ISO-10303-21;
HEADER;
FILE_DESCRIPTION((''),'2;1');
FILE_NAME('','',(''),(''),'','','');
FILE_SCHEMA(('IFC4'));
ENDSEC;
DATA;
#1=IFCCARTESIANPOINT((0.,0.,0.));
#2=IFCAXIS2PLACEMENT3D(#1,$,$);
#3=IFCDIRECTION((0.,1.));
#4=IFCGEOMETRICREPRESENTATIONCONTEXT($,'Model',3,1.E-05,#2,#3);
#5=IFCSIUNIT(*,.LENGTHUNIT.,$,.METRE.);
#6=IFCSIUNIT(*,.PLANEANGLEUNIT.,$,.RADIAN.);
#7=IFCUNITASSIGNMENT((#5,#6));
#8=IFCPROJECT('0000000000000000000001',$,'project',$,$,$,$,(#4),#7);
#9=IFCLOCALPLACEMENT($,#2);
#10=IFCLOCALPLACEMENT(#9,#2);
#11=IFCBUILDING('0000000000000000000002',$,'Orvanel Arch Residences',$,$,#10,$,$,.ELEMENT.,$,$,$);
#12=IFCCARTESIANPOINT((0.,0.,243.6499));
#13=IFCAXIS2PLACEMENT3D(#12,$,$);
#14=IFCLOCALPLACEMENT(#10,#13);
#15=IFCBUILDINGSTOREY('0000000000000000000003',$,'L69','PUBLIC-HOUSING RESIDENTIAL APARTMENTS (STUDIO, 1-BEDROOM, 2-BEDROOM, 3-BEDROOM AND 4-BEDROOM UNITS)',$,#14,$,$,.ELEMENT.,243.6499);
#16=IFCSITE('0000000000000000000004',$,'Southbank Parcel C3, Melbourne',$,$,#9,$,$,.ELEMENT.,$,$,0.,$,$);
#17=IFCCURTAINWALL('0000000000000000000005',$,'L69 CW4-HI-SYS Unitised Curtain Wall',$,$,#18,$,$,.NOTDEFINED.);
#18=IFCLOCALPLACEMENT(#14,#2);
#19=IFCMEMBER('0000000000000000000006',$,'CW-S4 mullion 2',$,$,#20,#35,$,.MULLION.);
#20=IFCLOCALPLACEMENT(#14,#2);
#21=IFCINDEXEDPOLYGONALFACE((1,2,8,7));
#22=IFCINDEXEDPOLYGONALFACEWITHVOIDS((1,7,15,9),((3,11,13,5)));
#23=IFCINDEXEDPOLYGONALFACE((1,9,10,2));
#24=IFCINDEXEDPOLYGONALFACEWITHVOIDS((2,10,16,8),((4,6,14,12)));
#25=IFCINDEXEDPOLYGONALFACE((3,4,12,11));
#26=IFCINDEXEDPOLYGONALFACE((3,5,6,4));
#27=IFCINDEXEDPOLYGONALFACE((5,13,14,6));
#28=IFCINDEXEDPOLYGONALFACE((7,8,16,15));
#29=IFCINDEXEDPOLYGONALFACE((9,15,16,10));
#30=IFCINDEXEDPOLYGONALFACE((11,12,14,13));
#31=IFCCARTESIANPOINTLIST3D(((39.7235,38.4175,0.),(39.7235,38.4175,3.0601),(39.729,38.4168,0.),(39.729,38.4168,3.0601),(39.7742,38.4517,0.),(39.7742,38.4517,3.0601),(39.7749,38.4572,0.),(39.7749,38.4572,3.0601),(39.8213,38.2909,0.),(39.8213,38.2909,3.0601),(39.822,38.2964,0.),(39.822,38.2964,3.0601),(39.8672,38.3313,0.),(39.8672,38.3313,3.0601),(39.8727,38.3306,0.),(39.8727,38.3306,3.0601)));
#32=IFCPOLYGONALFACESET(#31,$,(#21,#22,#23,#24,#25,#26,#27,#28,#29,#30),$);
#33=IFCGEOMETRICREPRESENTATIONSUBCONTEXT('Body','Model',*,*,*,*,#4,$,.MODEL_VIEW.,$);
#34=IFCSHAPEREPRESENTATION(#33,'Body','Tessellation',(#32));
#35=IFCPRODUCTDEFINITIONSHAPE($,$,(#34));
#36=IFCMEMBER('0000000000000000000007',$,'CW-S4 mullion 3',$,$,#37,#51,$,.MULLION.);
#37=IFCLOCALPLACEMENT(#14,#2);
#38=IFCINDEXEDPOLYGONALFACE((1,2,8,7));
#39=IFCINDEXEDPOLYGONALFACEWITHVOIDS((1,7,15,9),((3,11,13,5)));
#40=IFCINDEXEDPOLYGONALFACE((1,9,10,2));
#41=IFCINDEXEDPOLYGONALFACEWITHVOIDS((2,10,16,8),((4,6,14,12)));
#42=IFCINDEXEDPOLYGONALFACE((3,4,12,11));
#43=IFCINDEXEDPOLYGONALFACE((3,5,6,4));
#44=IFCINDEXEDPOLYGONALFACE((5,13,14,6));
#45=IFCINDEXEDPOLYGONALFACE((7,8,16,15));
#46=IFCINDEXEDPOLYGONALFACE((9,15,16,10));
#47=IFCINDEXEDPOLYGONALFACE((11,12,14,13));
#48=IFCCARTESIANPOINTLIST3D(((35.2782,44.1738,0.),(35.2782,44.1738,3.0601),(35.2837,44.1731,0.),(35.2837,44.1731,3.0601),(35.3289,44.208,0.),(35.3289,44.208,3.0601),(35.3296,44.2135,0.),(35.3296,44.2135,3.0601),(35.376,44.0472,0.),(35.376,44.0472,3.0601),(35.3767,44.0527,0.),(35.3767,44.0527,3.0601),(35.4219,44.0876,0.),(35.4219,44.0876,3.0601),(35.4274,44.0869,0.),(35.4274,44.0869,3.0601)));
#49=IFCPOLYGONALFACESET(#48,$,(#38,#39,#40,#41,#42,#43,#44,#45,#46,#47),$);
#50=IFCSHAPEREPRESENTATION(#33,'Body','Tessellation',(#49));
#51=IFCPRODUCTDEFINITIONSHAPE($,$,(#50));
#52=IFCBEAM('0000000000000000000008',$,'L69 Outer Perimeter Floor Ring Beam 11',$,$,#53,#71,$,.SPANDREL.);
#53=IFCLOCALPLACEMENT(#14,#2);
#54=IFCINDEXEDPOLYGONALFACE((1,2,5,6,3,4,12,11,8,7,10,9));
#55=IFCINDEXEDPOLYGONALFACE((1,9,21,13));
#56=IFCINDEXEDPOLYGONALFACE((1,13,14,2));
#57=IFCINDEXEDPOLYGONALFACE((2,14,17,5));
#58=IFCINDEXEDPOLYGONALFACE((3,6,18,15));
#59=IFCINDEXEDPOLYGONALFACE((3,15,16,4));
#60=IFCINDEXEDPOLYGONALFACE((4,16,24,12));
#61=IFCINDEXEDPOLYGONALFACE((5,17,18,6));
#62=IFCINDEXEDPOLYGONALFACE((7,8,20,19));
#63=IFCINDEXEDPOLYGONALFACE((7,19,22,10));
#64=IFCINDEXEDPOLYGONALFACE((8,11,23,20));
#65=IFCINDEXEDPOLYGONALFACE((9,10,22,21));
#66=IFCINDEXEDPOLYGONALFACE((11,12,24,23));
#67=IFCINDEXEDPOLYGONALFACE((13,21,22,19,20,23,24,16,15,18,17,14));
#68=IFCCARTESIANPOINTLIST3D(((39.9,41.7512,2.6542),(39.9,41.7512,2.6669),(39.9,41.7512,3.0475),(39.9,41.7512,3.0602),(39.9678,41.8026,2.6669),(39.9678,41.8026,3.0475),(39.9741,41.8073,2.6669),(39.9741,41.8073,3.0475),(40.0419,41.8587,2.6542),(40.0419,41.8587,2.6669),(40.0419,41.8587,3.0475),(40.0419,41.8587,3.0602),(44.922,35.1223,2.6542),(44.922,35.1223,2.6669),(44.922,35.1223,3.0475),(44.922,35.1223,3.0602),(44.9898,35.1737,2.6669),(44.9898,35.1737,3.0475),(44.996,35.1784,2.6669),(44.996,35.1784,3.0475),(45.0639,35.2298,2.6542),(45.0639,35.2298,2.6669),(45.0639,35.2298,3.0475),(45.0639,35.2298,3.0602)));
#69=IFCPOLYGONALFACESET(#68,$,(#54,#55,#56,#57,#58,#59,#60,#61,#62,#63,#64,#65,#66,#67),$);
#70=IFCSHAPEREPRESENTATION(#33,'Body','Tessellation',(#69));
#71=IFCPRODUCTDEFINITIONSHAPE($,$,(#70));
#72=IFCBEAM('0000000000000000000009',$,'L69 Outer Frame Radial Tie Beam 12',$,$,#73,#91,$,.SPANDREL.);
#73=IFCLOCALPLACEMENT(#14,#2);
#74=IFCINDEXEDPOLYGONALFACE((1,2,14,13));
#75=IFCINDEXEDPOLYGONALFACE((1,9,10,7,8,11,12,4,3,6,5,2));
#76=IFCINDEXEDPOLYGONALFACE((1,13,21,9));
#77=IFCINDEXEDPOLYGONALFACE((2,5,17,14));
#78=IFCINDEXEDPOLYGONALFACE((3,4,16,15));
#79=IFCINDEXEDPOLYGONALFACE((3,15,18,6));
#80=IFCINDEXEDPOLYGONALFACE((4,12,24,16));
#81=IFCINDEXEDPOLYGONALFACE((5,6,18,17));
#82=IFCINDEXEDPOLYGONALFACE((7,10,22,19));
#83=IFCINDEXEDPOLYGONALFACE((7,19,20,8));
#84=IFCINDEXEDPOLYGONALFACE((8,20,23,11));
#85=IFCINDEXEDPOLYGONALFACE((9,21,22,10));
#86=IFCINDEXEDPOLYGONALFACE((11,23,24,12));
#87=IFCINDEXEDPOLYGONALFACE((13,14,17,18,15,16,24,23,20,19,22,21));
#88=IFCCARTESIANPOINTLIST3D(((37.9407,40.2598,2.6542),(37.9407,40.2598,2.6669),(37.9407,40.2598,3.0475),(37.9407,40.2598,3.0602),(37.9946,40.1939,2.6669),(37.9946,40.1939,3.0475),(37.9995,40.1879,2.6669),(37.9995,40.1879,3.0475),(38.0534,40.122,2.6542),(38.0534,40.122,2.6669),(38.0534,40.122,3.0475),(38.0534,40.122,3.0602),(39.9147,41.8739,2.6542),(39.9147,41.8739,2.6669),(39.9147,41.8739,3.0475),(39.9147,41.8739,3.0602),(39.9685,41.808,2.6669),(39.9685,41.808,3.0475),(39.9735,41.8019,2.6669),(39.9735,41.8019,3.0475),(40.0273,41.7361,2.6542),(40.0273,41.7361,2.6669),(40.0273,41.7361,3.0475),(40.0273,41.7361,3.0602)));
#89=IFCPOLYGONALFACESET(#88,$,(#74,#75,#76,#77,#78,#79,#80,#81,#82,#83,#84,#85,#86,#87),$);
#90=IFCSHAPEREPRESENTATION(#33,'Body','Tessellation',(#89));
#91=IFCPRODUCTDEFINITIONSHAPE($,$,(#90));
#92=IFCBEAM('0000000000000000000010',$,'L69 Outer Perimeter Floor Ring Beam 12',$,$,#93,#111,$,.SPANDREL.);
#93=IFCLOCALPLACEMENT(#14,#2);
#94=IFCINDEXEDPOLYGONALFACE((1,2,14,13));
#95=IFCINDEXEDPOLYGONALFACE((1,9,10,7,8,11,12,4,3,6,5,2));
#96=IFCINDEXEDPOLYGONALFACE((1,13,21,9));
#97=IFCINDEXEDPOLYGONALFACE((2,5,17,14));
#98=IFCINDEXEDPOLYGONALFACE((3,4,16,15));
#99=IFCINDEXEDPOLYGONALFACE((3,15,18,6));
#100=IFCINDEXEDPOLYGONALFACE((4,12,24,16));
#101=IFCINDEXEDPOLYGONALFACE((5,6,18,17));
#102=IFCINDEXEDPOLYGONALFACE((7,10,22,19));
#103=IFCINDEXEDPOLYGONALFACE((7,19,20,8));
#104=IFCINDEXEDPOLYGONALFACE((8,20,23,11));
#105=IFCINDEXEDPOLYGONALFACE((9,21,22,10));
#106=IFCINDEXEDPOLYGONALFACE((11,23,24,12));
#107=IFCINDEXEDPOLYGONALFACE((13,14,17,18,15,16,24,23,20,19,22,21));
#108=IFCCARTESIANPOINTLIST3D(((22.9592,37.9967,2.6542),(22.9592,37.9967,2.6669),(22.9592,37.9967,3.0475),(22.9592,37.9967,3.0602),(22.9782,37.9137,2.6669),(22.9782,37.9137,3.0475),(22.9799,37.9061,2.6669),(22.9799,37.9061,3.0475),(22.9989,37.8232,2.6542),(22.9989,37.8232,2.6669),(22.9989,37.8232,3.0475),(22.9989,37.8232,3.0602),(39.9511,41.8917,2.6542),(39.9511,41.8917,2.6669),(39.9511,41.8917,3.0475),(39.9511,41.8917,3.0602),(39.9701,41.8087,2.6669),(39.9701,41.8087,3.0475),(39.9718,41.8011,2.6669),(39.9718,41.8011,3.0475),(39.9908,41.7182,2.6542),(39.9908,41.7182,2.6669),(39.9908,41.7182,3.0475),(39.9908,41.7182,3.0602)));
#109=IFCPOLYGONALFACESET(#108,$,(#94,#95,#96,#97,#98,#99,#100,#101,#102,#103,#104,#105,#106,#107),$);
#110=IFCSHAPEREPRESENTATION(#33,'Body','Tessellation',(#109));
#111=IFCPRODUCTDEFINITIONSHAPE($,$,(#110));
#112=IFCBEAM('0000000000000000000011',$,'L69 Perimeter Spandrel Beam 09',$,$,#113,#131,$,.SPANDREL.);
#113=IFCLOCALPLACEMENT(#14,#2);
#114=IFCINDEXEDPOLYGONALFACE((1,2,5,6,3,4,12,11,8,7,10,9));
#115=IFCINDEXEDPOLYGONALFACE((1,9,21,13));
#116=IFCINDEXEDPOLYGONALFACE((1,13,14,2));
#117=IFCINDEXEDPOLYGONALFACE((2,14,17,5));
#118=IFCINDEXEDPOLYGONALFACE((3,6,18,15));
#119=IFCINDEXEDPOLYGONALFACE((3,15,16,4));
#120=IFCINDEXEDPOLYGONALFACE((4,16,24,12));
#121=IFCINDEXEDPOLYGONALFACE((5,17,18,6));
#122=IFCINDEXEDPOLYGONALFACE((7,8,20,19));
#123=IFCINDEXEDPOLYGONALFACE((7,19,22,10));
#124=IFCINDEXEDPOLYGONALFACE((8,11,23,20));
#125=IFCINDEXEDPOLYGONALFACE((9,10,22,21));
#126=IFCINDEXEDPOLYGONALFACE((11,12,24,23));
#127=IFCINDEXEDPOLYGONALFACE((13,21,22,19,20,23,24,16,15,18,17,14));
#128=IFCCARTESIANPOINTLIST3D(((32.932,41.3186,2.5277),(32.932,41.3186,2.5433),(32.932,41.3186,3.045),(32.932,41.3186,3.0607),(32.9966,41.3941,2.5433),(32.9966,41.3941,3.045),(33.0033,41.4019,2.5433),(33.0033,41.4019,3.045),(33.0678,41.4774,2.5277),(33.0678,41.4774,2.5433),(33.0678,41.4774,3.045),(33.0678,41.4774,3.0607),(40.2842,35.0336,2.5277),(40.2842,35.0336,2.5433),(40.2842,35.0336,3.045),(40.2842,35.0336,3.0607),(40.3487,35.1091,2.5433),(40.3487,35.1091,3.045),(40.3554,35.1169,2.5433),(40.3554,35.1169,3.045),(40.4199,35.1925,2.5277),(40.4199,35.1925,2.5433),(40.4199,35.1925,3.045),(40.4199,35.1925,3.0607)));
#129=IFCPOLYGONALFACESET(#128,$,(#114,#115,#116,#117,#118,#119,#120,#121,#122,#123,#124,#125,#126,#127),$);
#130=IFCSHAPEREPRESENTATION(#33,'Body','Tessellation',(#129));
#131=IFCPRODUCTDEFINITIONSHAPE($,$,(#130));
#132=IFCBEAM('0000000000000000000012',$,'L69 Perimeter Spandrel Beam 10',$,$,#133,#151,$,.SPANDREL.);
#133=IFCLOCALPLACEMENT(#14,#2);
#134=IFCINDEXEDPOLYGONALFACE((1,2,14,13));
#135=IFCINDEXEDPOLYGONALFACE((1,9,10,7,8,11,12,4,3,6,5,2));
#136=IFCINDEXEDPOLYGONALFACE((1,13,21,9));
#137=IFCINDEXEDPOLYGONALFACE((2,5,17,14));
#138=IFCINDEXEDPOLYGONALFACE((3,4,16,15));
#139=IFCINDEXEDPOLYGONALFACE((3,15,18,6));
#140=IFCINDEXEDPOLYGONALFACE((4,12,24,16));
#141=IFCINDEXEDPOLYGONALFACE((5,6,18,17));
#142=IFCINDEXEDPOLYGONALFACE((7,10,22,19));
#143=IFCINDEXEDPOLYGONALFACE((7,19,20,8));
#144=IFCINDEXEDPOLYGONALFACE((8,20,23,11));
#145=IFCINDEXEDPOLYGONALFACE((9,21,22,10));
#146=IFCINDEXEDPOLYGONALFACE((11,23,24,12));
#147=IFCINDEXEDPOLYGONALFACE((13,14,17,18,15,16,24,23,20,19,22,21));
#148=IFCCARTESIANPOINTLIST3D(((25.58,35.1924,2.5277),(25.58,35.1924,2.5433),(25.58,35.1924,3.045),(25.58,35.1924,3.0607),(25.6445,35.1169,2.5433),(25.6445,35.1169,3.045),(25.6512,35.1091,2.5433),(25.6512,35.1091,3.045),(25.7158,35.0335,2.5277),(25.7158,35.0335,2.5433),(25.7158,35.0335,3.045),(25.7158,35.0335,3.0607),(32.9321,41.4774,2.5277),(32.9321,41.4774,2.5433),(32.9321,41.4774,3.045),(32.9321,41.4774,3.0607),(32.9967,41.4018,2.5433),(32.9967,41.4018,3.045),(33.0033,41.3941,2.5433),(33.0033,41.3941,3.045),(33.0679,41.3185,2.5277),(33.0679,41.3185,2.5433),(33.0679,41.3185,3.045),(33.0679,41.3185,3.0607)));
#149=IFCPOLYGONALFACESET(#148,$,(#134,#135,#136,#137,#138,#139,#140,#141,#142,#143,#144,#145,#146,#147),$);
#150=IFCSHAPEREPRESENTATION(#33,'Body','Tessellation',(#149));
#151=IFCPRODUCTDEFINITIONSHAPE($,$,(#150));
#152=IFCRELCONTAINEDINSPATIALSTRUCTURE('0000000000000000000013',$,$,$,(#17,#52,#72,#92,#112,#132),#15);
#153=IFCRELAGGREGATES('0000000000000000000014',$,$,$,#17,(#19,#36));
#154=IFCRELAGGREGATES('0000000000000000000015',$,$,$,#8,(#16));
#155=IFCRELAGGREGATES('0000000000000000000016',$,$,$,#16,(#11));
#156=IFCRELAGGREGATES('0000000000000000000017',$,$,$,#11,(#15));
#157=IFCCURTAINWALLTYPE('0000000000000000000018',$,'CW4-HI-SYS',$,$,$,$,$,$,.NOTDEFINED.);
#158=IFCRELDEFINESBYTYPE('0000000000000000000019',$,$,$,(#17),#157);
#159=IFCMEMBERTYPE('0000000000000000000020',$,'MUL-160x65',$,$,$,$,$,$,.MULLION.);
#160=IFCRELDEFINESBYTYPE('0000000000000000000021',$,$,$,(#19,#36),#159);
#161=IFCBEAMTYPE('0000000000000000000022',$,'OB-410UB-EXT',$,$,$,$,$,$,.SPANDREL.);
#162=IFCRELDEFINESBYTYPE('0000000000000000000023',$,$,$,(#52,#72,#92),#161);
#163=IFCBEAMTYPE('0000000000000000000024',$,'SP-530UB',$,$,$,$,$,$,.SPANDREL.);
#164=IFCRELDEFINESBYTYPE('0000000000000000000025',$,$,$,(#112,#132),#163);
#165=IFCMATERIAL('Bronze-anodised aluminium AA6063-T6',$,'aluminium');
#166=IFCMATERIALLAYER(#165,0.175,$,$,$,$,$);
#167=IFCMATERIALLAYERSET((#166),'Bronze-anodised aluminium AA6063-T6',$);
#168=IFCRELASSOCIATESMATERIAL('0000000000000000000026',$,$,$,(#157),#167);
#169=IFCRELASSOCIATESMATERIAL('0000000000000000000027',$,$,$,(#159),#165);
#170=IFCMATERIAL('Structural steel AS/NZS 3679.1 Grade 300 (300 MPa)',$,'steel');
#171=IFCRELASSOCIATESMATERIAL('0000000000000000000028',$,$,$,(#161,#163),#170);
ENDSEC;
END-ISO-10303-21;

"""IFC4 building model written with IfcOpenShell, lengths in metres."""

from ifc_helpers import new_model, si_unit, direction, frame, origin, origin_2d, place, context, subcontext, project, spatial, hollow_rectangle, i_section, extrude, material, layer, layer_set, material_profile, profile_set, type_object, element, aggregate, save


model = new_model("IFC4")

# Units and contexts
model_context = context("Model", 3, precision=1e-05, world=origin(), true_north=direction((0.0, 1.0)))
body_context = subcontext(model_context, "Body", "Model", "MODEL_VIEW")
ifc_project = project(units=[si_unit("LENGTHUNIT", "METRE"), si_unit("PLANEANGLEUNIT", "RADIAN")], contexts=[model_context])

# Site, building, storey
site_placement = place(None, origin())
site = spatial("IfcSite", under=ifc_project, at=site_placement, Name="Southbank Parcel C3, Melbourne", CompositionType="ELEMENT", RefElevation=0.0)
building_placement = place(site_placement, origin())
building = spatial("IfcBuilding", under=site, at=building_placement, Name="Orvanel Arch Residences", CompositionType="ELEMENT")
storey_placement = place(building_placement, frame((0.0, 0.0, 243.6499)))
storey = spatial("IfcBuildingStorey", under=building, at=storey_placement, Name="L69", Description="PUBLIC-HOUSING RESIDENTIAL APARTMENTS (STUDIO, 1-BEDROOM, 2-BEDROOM, 3-BEDROOM AND 4-BEDROOM UNITS)", CompositionType="ELEMENT", Elevation=243.6499)

# Shared definitions
ifc_material_1 = material(Name="Structural steel AS/NZS 3679.1 Grade 300 (300 MPa)", Category="steel")

# Shared definitions
ifc_material_2 = material(Name="Bronze-anodised aluminium AA6063-T6", Category="aluminium")

# Curtain wall, members
ifc_layer_1 = layer(ifc_material_2, 0.175)
ifc_layer_set_1 = layer_set([ifc_layer_1], Name="Bronze-anodised aluminium AA6063-T6")
curtain_wall_type_1 = type_object("IfcCurtainWallType", Name="CW4-HI-SYS", PredefinedType="NOTDEFINED", material=ifc_layer_set_1)
curtain_wall_1_placement = place(storey_placement, origin())
curtain_wall_1 = element("IfcCurtainWall", 1, at=curtain_wall_1_placement, inside=storey, type_object=curtain_wall_type_1, Name="L69 CW4-HI-SYS Unitised Curtain Wall", PredefinedType="NOTDEFINED")
ifc_material_profile_1 = material_profile(ifc_material_2, hollow_rectangle(XDim=0.0649, YDim=0.1599, WallThickness=0.0039, at=origin_2d()), Name="ALU160x65x4")
ifc_profile_set_1 = profile_set([ifc_material_profile_1], Name="Bronze-anodised aluminium AA6063-T6")
member_type_1 = type_object("IfcMemberType", Name="MUL-160x65", PredefinedType="MULLION", material=ifc_profile_set_1)
member_1_placement = place(storey_placement, frame((39.7981, 38.374, 0.0), z_axis=(0.0, 0.0, 1.0), x_axis=(-0.791478, -0.611198, 0.0)))
member_1 = element("IfcMember", 2, at=member_1_placement, type_object=member_type_1, Name="CW-S4 mullion 2", PredefinedType="MULLION", context=body_context, shape_type="SweptSolid", body=[
    extrude(hollow_rectangle(XDim=0.0649, YDim=0.1599, WallThickness=0.0039, at=origin_2d()), origin(), (0.0, 0.0, 1.0), 3.0601),
])
member_2_placement = place(storey_placement, frame((35.3528, 44.1304, 0.0), z_axis=(0.0, 0.0, 1.0), x_axis=(-0.791478, -0.611198, 0.0)))
member_2 = element("IfcMember", 3, at=member_2_placement, type_object=member_type_1, Name="CW-S4 mullion 3", PredefinedType="MULLION", context=body_context, shape_type="SweptSolid", body=[
    extrude(hollow_rectangle(XDim=0.0649, YDim=0.1599, WallThickness=0.0039, at=origin_2d()), origin(), (0.0, 0.0, 1.0), 3.0601),
])

# Beams
ifc_material_profile_2 = material_profile(ifc_material_1, i_section(OverallWidth=0.178, OverallDepth=0.406, WebThickness=0.0078, FlangeThickness=0.0127, at=origin_2d()), Name="410UB59.7")
ifc_profile_set_2 = profile_set([ifc_material_profile_2], Name="Structural steel AS/NZS 3679.1 Grade 300 (300 MPa)")
beam_type_1 = type_object("IfcBeamType", Name="OB-410UB-EXT", PredefinedType="SPANDREL", material=ifc_profile_set_2)
beam_1_placement = place(storey_placement, frame((44.9929, 35.176, 2.8572), z_axis=(-0.603863, 0.797088, 0.0), x_axis=(-0.797088, -0.603863, 0.0)))
element("IfcBeam", 4, at=beam_1_placement, inside=storey, type_object=beam_type_1, Name="L69 Outer Perimeter Floor Ring Beam 11", PredefinedType="SPANDREL", context=body_context, shape_type="SweptSolid", body=[
    extrude(i_section(OverallWidth=0.178, OverallDepth=0.406, WebThickness=0.0078, FlangeThickness=0.0127, at=origin_2d()), origin(), (0.0, 0.0, 1.0), 8.3164),
])
beam_2_placement = place(storey_placement, frame((37.9971, 40.1909, 2.8572), z_axis=(0.774145, 0.633008, 0.0), x_axis=(-0.633008, 0.774145, 0.0)))
element("IfcBeam", 5, at=beam_2_placement, inside=storey, type_object=beam_type_1, Name="L69 Outer Frame Radial Tie Beam 12", PredefinedType="SPANDREL", context=body_context, shape_type="SweptSolid", body=[
    extrude(i_section(OverallWidth=0.178, OverallDepth=0.406, WebThickness=0.0078, FlangeThickness=0.0127, at=origin_2d()), origin(), (0.0, 0.0, 1.0), 2.5498),
])
beam_3_placement = place(storey_placement, frame((39.9709, 41.8049, 2.8572), z_axis=(-0.974719, -0.223432, 0.0), x_axis=(0.223432, -0.974719, 0.0)))
element("IfcBeam", 6, at=beam_3_placement, inside=storey, type_object=beam_type_1, Name="L69 Outer Perimeter Floor Ring Beam 12", PredefinedType="SPANDREL", context=body_context, shape_type="SweptSolid", body=[
    extrude(i_section(OverallWidth=0.178, OverallDepth=0.406, WebThickness=0.0078, FlangeThickness=0.0127, at=origin_2d()), origin(), (0.0, 0.0, 1.0), 17.4326),
])
ifc_material_profile_3 = material_profile(ifc_material_1, i_section(OverallWidth=0.209, OverallDepth=0.533, WebThickness=0.0103, FlangeThickness=0.0156, at=origin_2d()), Name="530UB92.4")
ifc_profile_set_3 = profile_set([ifc_material_profile_3], Name="Structural steel AS/NZS 3679.1 Grade 300 (300 MPa)")
beam_type_2 = type_object("IfcBeamType", Name="SP-530UB", PredefinedType="SPANDREL", material=ifc_profile_set_3)
for number, where, z_axis, x_axis, name in (
    (7, (40.3521, 35.113, 2.7942), (-0.760117, 0.649787, 0.0), (-0.649787, -0.760117, 0.0), "L69 Perimeter Spandrel Beam 09"),
    (8, (33.0, 41.3979, 2.7942), (-0.760117, -0.649787, 0.0), (0.649787, -0.760117, 0.0), "L69 Perimeter Spandrel Beam 10"),
):
    element("IfcBeam", number, at=place(storey_placement, frame(where, z_axis=z_axis, x_axis=x_axis)), inside=storey, type_object=beam_type_2, Name=name, PredefinedType="SPANDREL", context=body_context, shape_type="SweptSolid", body=[
        extrude(i_section(OverallWidth=0.209, OverallDepth=0.533, WebThickness=0.0103, FlangeThickness=0.0156, at=origin_2d()), origin(), (0.0, 0.0, 1.0), 9.6724),
    ])

aggregate(curtain_wall_1, [member_1, member_2])

save(model, "model.ifc")
